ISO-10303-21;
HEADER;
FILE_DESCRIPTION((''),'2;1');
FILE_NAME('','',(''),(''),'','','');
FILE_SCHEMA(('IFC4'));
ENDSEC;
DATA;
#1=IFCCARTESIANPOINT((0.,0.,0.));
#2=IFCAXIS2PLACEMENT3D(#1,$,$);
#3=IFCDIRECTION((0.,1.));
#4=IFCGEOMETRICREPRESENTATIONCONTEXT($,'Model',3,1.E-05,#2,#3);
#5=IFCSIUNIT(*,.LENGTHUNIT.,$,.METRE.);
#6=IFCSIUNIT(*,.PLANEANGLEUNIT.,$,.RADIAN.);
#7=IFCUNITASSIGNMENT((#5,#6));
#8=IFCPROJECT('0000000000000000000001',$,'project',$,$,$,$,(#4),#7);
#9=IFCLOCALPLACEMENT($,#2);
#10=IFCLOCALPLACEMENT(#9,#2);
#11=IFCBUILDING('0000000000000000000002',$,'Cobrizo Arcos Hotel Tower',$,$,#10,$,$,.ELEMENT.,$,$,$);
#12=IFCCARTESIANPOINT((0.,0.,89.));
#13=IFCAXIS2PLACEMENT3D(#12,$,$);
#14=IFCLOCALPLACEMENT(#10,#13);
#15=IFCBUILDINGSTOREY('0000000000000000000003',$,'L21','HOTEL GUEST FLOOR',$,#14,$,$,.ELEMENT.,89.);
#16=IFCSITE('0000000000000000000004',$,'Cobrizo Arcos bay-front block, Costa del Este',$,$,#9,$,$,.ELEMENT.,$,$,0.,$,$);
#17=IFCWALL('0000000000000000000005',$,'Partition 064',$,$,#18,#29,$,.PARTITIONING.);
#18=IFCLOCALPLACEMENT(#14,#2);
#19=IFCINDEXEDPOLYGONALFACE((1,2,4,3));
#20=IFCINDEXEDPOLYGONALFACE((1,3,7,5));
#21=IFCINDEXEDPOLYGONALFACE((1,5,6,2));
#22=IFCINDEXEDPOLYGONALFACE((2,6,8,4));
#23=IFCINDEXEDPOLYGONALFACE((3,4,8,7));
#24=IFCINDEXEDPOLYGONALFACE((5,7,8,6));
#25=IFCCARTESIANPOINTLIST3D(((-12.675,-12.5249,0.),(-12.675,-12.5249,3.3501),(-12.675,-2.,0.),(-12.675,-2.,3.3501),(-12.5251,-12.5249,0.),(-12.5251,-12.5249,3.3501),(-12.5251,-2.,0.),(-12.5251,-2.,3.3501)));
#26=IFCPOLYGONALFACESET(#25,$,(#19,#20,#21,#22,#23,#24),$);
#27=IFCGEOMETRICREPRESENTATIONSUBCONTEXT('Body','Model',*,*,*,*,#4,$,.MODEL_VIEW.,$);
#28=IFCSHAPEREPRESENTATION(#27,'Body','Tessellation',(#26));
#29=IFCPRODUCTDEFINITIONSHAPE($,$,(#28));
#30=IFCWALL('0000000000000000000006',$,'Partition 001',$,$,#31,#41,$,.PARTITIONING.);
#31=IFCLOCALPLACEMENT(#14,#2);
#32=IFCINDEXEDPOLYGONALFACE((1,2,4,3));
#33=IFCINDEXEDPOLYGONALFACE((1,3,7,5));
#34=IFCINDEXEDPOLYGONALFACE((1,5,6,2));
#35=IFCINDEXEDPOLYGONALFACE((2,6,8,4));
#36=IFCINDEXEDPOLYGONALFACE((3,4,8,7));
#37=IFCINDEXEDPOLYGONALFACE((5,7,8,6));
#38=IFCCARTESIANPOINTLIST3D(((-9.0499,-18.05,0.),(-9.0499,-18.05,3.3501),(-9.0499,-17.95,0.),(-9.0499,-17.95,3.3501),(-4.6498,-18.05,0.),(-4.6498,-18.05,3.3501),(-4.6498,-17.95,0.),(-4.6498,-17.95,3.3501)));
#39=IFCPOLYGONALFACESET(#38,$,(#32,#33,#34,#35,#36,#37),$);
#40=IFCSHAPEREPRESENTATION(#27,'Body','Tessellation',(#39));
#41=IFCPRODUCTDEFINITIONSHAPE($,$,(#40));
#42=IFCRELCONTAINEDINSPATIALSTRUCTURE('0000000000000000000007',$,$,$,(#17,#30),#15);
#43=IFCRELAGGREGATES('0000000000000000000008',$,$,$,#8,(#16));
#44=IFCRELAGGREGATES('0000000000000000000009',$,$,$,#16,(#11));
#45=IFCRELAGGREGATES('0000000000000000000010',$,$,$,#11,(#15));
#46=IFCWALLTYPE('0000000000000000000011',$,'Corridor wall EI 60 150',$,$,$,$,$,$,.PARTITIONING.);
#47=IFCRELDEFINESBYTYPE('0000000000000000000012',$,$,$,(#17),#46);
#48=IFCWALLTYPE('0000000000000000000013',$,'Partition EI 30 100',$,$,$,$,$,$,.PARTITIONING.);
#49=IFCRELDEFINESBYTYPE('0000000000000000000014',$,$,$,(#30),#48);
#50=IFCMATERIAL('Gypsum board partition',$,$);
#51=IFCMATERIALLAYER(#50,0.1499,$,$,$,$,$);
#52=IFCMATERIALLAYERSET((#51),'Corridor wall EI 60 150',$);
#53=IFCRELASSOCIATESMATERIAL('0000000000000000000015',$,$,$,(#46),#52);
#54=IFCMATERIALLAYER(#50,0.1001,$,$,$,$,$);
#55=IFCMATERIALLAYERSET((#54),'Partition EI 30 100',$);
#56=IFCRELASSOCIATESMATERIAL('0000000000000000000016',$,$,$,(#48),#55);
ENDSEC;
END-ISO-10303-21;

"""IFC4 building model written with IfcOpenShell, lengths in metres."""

from ifc_helpers import new_model, si_unit, direction, frame, frame_2d, origin, place, context, subcontext, project, spatial, rectangle, extrude, material, layer, layer_set, type_object, element, save


model = new_model("IFC4")

# Units and contexts
model_context = context("Model", 3, precision=1e-05, world=origin(), true_north=direction((0.0, 1.0)))
body_context = subcontext(model_context, "Body", "Model", "MODEL_VIEW")
ifc_project = project(units=[si_unit("LENGTHUNIT", "METRE"), si_unit("PLANEANGLEUNIT", "RADIAN")], contexts=[model_context])

# Site, building, storey
site_placement = place(None, origin())
site = spatial("IfcSite", under=ifc_project, at=site_placement, Name="Cobrizo Arcos bay-front block, Costa del Este", CompositionType="ELEMENT", RefElevation=0.0)
building_placement = place(site_placement, origin())
building = spatial("IfcBuilding", under=site, at=building_placement, Name="Cobrizo Arcos Hotel Tower", CompositionType="ELEMENT")
storey_placement = place(building_placement, frame((0.0, 0.0, 89.0)))
storey = spatial("IfcBuildingStorey", under=building, at=storey_placement, Name="L21", Description="HOTEL GUEST FLOOR", CompositionType="ELEMENT", Elevation=89.0)

# Shared definitions
ifc_material_1 = material(Name="Gypsum board partition")
ifc_layer_1 = layer(ifc_material_1, 0.1499)
ifc_layer_set_1 = layer_set([ifc_layer_1], Name="Corridor wall EI 60 150")
wall_type_1 = type_object("IfcWallType", Name="Corridor wall EI 60 150", PredefinedType="PARTITIONING", material=ifc_layer_set_1)

# Walls
wall_1_placement = place(storey_placement, frame((-12.6001, -12.5249, 0.0), z_axis=(0.0, 0.0, 1.0), x_axis=(0.0, 1.0, 0.0)))
element("IfcWall", 1, at=wall_1_placement, inside=storey, type_object=wall_type_1, Name="Partition 064", PredefinedType="PARTITIONING", context=body_context, shape_type="SweptSolid", body=[
    extrude(rectangle(XDim=10.5249, YDim=0.1499, at=frame_2d((5.2625, 0.0))), origin(), (0.0, 0.0, 1.0), 3.3501),
])
ifc_layer_2 = layer(ifc_material_1, 0.1001)
ifc_layer_set_2 = layer_set([ifc_layer_2], Name="Partition EI 30 100")
wall_type_2 = type_object("IfcWallType", Name="Partition EI 30 100", PredefinedType="PARTITIONING", material=ifc_layer_set_2)
wall_2_placement = place(storey_placement, frame((-9.05, -18.0, 0.0), z_axis=(0.0, 0.0, 1.0), x_axis=(1.0, 0.0, 0.0)))
element("IfcWall", 2, at=wall_2_placement, inside=storey, type_object=wall_type_2, Name="Partition 001", PredefinedType="PARTITIONING", context=body_context, shape_type="SweptSolid", body=[
    extrude(rectangle(XDim=4.4001, YDim=0.1001, at=frame_2d((2.2002, 0.0))), origin(), (0.0, 0.0, 1.0), 3.3501),
])

save(model, "model.ifc")
